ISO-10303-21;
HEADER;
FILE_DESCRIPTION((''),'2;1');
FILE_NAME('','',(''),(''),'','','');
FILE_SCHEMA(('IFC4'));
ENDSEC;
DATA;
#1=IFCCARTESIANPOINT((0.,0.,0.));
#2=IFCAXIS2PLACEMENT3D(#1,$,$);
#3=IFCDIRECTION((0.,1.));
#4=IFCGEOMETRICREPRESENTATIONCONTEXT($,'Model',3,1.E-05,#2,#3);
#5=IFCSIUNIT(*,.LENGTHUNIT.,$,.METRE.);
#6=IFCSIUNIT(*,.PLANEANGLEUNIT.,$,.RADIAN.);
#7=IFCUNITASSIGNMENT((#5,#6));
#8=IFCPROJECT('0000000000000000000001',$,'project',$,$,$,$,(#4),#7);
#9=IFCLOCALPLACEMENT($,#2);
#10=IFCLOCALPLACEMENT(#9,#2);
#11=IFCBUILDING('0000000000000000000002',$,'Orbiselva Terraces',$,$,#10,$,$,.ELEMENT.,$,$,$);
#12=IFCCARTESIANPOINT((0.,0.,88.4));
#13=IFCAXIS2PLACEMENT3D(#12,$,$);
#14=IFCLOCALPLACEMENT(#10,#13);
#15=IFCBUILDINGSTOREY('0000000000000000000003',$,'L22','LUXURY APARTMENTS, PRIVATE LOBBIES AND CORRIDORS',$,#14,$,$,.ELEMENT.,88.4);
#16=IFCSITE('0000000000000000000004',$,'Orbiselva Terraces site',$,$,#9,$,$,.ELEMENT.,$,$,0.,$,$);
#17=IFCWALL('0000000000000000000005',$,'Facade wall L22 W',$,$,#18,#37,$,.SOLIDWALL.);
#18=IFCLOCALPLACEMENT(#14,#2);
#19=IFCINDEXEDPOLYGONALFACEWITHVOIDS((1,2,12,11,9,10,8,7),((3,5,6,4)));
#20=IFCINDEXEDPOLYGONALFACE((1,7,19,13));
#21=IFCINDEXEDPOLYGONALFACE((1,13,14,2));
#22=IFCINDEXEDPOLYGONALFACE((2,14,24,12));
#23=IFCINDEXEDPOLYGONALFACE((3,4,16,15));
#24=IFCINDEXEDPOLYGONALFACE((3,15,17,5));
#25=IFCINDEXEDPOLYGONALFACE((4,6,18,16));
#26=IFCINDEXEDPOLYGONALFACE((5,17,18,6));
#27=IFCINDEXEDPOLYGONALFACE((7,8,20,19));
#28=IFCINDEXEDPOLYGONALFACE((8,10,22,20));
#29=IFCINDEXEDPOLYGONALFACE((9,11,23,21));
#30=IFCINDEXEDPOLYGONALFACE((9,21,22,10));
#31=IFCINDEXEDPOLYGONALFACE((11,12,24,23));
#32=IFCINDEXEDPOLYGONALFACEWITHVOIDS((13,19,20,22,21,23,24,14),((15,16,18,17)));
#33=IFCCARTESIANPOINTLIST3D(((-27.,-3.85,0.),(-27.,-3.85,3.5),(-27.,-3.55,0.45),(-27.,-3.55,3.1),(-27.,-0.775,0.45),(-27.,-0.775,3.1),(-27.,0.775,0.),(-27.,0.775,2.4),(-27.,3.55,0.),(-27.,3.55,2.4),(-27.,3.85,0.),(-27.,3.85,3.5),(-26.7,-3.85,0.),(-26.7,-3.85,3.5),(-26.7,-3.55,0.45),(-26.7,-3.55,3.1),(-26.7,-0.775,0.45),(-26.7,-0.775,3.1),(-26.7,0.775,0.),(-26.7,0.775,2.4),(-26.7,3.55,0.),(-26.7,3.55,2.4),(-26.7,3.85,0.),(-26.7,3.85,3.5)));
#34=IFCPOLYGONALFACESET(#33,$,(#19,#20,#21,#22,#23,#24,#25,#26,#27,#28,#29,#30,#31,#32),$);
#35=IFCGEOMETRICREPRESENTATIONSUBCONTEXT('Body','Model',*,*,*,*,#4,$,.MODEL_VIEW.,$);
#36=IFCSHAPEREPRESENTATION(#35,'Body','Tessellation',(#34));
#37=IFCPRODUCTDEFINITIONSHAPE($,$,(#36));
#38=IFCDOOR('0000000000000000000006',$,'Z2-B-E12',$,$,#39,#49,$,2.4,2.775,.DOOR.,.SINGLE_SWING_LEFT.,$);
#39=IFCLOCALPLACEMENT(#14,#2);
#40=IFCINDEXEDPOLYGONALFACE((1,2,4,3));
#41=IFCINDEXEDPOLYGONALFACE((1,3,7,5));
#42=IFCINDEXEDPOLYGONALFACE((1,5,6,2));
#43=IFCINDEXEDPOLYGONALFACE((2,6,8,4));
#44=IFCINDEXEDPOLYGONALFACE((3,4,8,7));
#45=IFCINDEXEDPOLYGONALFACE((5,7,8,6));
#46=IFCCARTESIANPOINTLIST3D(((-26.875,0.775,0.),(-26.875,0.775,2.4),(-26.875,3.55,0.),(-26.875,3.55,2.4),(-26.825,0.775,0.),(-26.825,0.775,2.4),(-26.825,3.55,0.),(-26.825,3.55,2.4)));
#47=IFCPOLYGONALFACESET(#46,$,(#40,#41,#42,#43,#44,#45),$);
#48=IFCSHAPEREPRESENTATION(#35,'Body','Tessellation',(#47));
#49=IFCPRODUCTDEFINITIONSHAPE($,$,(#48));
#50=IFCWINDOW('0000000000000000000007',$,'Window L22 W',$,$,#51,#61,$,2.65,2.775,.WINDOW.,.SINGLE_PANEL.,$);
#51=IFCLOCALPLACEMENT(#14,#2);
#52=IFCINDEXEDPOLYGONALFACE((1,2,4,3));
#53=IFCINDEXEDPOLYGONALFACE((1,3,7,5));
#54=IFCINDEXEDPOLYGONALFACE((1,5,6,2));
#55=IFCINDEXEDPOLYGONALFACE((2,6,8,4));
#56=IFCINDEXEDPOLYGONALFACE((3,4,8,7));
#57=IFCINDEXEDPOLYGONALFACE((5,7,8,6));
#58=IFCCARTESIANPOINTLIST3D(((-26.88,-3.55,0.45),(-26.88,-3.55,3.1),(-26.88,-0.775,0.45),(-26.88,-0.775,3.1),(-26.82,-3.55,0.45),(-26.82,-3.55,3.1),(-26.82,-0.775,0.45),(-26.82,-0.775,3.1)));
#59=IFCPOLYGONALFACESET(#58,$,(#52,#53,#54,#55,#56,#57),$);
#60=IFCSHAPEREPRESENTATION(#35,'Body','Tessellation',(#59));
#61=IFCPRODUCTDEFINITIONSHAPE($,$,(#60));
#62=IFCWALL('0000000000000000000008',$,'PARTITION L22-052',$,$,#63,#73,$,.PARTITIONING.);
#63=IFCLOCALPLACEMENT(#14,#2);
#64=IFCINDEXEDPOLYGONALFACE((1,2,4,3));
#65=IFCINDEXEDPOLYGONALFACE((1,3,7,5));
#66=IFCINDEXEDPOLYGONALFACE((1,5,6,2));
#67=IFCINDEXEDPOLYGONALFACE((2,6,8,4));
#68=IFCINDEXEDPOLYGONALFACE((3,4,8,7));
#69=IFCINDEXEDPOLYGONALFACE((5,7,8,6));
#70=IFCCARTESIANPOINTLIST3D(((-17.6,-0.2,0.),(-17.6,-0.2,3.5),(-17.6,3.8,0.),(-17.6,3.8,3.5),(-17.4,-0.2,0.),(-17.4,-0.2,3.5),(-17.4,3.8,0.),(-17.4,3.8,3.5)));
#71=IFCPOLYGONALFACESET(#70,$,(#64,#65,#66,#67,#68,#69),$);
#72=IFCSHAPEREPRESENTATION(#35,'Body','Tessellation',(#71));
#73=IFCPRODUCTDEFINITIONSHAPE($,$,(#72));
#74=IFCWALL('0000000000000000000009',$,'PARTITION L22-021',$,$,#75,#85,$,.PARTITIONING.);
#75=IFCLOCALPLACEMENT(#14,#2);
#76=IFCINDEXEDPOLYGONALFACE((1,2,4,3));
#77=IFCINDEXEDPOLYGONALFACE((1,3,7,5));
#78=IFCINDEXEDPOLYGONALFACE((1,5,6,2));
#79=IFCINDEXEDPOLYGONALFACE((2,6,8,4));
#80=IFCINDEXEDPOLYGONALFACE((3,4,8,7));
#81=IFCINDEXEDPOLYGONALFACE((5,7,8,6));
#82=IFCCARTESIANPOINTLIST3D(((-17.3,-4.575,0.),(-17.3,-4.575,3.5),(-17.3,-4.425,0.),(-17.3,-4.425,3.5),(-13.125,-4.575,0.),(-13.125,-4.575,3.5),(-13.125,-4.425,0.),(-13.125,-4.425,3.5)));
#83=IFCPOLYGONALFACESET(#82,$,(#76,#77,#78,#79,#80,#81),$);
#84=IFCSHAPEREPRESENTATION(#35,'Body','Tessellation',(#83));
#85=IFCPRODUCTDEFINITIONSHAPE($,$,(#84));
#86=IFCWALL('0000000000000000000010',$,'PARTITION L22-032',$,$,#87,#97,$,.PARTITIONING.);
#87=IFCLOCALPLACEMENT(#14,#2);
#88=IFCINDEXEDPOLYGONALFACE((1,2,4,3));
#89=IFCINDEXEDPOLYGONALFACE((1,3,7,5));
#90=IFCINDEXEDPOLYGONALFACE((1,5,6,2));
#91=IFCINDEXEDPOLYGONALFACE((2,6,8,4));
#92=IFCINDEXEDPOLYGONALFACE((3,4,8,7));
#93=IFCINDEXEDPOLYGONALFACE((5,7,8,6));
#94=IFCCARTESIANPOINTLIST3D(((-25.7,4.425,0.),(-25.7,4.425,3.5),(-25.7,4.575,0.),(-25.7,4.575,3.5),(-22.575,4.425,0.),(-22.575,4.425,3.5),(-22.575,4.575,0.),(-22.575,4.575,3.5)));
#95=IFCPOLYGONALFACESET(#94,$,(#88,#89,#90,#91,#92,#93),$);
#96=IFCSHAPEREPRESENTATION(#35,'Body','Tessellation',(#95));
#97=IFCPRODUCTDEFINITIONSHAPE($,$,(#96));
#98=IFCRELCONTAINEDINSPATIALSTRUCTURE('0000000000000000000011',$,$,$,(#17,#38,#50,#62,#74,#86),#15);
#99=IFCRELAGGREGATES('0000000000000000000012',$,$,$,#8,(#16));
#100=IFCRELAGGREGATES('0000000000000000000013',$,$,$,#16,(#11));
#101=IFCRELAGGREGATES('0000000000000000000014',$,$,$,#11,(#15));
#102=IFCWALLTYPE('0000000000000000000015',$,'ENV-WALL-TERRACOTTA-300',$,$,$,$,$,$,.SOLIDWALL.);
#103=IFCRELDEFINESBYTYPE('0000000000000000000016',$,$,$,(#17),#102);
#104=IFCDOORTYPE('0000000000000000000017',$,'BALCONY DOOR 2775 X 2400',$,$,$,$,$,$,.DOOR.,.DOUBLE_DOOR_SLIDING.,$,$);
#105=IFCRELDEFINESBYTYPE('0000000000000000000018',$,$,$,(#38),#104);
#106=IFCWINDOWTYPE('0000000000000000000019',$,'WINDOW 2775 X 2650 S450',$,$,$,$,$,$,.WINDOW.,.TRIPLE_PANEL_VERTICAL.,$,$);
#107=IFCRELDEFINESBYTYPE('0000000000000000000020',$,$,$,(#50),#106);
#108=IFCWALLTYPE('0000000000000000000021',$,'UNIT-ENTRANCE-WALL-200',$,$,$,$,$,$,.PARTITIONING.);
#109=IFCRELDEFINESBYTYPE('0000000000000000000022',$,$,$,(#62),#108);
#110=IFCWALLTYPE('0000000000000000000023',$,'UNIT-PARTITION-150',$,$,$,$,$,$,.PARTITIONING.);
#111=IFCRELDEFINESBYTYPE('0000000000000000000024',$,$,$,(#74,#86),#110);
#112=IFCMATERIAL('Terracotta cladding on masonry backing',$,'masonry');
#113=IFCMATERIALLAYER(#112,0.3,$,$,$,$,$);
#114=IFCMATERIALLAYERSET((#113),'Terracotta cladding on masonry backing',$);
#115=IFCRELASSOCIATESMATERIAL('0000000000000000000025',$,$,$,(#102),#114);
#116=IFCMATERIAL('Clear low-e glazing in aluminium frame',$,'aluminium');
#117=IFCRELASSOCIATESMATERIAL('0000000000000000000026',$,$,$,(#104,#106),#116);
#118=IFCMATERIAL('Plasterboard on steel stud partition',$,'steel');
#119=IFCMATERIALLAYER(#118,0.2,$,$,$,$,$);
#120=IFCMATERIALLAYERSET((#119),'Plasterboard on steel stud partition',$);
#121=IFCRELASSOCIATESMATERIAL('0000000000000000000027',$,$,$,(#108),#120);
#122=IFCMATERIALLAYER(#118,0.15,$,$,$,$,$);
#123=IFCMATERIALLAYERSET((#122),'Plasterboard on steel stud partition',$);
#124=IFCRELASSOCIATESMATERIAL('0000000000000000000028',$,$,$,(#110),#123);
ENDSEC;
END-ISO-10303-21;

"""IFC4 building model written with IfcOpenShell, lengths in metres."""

from ifc_helpers import new_model, si_unit, direction, frame, frame_2d, origin, place, context, subcontext, project, spatial, rectangle, extrude, material, layer, layer_set, type_object, element, fill, save


model = new_model("IFC4")

# Units and contexts
model_context = context("Model", 3, precision=1e-05, world=origin(), true_north=direction((0.0, 1.0)))
body_context = subcontext(model_context, "Body", "Model", "MODEL_VIEW")
ifc_project = project(units=[si_unit("LENGTHUNIT", "METRE"), si_unit("PLANEANGLEUNIT", "RADIAN")], contexts=[model_context])

# Site, building, storey
site_placement = place(None, origin())
site = spatial("IfcSite", under=ifc_project, at=site_placement, Name="Orbiselva Terraces site", CompositionType="ELEMENT", RefElevation=0.0)
building_placement = place(site_placement, origin())
building = spatial("IfcBuilding", under=site, at=building_placement, Name="Orbiselva Terraces", CompositionType="ELEMENT")
storey_placement = place(building_placement, frame((0.0, 0.0, 88.4)))
storey = spatial("IfcBuildingStorey", under=building, at=storey_placement, Name="L22", Description="LUXURY APARTMENTS, PRIVATE LOBBIES AND CORRIDORS", CompositionType="ELEMENT", Elevation=88.4)

# Wall, openings, door, window
ifc_material_1 = material(Name="Terracotta cladding on masonry backing", Category="masonry")
ifc_layer_1 = layer(ifc_material_1, 0.3)
ifc_layer_set_1 = layer_set([ifc_layer_1], Name="Terracotta cladding on masonry backing")
wall_type_1 = type_object("IfcWallType", Name="ENV-WALL-TERRACOTTA-300", PredefinedType="SOLIDWALL", material=ifc_layer_set_1)
wall_1_placement = place(storey_placement, frame((-26.85, -3.85, 0.0), z_axis=(0.0, 0.0, 1.0), x_axis=(0.0, 1.0, 0.0)))
wall_1 = element("IfcWall", 1, at=wall_1_placement, inside=storey, type_object=wall_type_1, Name="Facade wall L22 W", PredefinedType="SOLIDWALL", context=body_context, shape_type="SweptSolid", body=[
    extrude(rectangle(XDim=7.7, YDim=0.3, at=frame_2d((3.85, 0.0))), origin(), (0.0, 0.0, 1.0), 3.5),
])
opening_1_placement = place(wall_1_placement, frame((4.625, 0.0, 0.0)))
opening_1 = element("IfcOpeningElement", 2, at=opening_1_placement, cuts=wall_1, PredefinedType="OPENING", context=body_context, shape_type="SweptSolid", body=[
    extrude(rectangle(XDim=2.775, YDim=2.4, at=frame_2d((1.3875, 1.2))), frame((0.0, 0.16, 0.0), z_axis=(0.0, -1.0, 0.0), x_axis=(1.0, 0.0, 0.0)), (0.0, 0.0, 1.0), 0.32),
])
opening_2_placement = place(wall_1_placement, frame((0.3, 0.0, 0.45)))
opening_2 = element("IfcOpeningElement", 3, at=opening_2_placement, cuts=wall_1, PredefinedType="OPENING", context=body_context, shape_type="SweptSolid", body=[
    extrude(rectangle(XDim=2.775, YDim=2.65, at=frame_2d((1.3875, 1.325))), frame((0.0, 0.16, 0.0), z_axis=(0.0, -1.0, 0.0), x_axis=(1.0, 0.0, 0.0)), (0.0, 0.0, 1.0), 0.32),
])
ifc_material_2 = material(Name="Clear low-e glazing in aluminium frame", Category="aluminium")
door_type_1 = type_object("IfcDoorType", Name="BALCONY DOOR 2775 X 2400", OperationType="DOUBLE_DOOR_SLIDING", PredefinedType="DOOR", material=ifc_material_2)
door_1_placement = place(opening_1_placement, origin())
door_1 = element("IfcDoor", 4, at=door_1_placement, inside=storey, type_object=door_type_1, Name="Z2-B-E12", OperationType="SINGLE_SWING_LEFT", OverallHeight=2.4, OverallWidth=2.775, PredefinedType="DOOR", context=body_context, shape_type="SweptSolid", body=[
    extrude(rectangle(XDim=2.775, YDim=2.4, at=frame_2d((1.3875, 1.2))), frame((0.0, 0.025, 0.0), z_axis=(0.0, -1.0, 0.0), x_axis=(1.0, 0.0, 0.0)), (0.0, 0.0, 1.0), 0.05),
])
fill(opening_1, door_1)
window_type = type_object("IfcWindowType", Name="WINDOW 2775 X 2650 S450", PartitioningType="TRIPLE_PANEL_VERTICAL", PredefinedType="WINDOW", material=ifc_material_2)
window_placement = place(opening_2_placement, origin())
window = element("IfcWindow", 5, at=window_placement, inside=storey, type_object=window_type, Name="Window L22 W", OverallHeight=2.65, OverallWidth=2.775, PartitioningType="SINGLE_PANEL", PredefinedType="WINDOW", context=body_context, shape_type="SweptSolid", body=[
    extrude(rectangle(XDim=2.775, YDim=2.65, at=frame_2d((1.3875, 1.325))), frame((0.0, 0.03, 0.0), z_axis=(0.0, -1.0, 0.0), x_axis=(1.0, 0.0, 0.0)), (0.0, 0.0, 1.0), 0.06),
])
fill(opening_2, window)

# Walls
ifc_material_3 = material(Name="Plasterboard on steel stud partition", Category="steel")
ifc_layer_2 = layer(ifc_material_3, 0.2)
ifc_layer_set_2 = layer_set([ifc_layer_2], Name="Plasterboard on steel stud partition")
wall_type_2 = type_object("IfcWallType", Name="UNIT-ENTRANCE-WALL-200", PredefinedType="PARTITIONING", material=ifc_layer_set_2)
wall_2_placement = place(storey_placement, frame((-17.5, -0.2, 0.0), z_axis=(0.0, 0.0, 1.0), x_axis=(0.0, 1.0, 0.0)))
element("IfcWall", 6, at=wall_2_placement, inside=storey, type_object=wall_type_2, Name="PARTITION L22-052", PredefinedType="PARTITIONING", context=body_context, shape_type="SweptSolid", body=[
    extrude(rectangle(XDim=4.0, YDim=0.2, at=frame_2d((2.0, 0.0))), origin(), (0.0, 0.0, 1.0), 3.5),
])
ifc_layer_3 = layer(ifc_material_3, 0.15)
ifc_layer_set_3 = layer_set([ifc_layer_3], Name="Plasterboard on steel stud partition")
wall_type_3 = type_object("IfcWallType", Name="UNIT-PARTITION-150", PredefinedType="PARTITIONING", material=ifc_layer_set_3)
wall_3_placement = place(storey_placement, frame((-17.3, -4.5, 0.0), z_axis=(0.0, 0.0, 1.0), x_axis=(1.0, 0.0, 0.0)))
element("IfcWall", 7, at=wall_3_placement, inside=storey, type_object=wall_type_3, Name="PARTITION L22-021", PredefinedType="PARTITIONING", context=body_context, shape_type="SweptSolid", body=[
    extrude(rectangle(XDim=4.175, YDim=0.15, at=frame_2d((2.0875, 0.0))), origin(), (0.0, 0.0, 1.0), 3.5),
])
wall_4_placement = place(storey_placement, frame((-25.7, 4.5, 0.0), z_axis=(0.0, 0.0, 1.0), x_axis=(1.0, 0.0, 0.0)))
element("IfcWall", 8, at=wall_4_placement, inside=storey, type_object=wall_type_3, Name="PARTITION L22-032", PredefinedType="PARTITIONING", context=body_context, shape_type="SweptSolid", body=[
    extrude(rectangle(XDim=3.125, YDim=0.15, at=frame_2d((1.5625, 0.0))), origin(), (0.0, 0.0, 1.0), 3.5),
])

save(model, "model.ifc")
